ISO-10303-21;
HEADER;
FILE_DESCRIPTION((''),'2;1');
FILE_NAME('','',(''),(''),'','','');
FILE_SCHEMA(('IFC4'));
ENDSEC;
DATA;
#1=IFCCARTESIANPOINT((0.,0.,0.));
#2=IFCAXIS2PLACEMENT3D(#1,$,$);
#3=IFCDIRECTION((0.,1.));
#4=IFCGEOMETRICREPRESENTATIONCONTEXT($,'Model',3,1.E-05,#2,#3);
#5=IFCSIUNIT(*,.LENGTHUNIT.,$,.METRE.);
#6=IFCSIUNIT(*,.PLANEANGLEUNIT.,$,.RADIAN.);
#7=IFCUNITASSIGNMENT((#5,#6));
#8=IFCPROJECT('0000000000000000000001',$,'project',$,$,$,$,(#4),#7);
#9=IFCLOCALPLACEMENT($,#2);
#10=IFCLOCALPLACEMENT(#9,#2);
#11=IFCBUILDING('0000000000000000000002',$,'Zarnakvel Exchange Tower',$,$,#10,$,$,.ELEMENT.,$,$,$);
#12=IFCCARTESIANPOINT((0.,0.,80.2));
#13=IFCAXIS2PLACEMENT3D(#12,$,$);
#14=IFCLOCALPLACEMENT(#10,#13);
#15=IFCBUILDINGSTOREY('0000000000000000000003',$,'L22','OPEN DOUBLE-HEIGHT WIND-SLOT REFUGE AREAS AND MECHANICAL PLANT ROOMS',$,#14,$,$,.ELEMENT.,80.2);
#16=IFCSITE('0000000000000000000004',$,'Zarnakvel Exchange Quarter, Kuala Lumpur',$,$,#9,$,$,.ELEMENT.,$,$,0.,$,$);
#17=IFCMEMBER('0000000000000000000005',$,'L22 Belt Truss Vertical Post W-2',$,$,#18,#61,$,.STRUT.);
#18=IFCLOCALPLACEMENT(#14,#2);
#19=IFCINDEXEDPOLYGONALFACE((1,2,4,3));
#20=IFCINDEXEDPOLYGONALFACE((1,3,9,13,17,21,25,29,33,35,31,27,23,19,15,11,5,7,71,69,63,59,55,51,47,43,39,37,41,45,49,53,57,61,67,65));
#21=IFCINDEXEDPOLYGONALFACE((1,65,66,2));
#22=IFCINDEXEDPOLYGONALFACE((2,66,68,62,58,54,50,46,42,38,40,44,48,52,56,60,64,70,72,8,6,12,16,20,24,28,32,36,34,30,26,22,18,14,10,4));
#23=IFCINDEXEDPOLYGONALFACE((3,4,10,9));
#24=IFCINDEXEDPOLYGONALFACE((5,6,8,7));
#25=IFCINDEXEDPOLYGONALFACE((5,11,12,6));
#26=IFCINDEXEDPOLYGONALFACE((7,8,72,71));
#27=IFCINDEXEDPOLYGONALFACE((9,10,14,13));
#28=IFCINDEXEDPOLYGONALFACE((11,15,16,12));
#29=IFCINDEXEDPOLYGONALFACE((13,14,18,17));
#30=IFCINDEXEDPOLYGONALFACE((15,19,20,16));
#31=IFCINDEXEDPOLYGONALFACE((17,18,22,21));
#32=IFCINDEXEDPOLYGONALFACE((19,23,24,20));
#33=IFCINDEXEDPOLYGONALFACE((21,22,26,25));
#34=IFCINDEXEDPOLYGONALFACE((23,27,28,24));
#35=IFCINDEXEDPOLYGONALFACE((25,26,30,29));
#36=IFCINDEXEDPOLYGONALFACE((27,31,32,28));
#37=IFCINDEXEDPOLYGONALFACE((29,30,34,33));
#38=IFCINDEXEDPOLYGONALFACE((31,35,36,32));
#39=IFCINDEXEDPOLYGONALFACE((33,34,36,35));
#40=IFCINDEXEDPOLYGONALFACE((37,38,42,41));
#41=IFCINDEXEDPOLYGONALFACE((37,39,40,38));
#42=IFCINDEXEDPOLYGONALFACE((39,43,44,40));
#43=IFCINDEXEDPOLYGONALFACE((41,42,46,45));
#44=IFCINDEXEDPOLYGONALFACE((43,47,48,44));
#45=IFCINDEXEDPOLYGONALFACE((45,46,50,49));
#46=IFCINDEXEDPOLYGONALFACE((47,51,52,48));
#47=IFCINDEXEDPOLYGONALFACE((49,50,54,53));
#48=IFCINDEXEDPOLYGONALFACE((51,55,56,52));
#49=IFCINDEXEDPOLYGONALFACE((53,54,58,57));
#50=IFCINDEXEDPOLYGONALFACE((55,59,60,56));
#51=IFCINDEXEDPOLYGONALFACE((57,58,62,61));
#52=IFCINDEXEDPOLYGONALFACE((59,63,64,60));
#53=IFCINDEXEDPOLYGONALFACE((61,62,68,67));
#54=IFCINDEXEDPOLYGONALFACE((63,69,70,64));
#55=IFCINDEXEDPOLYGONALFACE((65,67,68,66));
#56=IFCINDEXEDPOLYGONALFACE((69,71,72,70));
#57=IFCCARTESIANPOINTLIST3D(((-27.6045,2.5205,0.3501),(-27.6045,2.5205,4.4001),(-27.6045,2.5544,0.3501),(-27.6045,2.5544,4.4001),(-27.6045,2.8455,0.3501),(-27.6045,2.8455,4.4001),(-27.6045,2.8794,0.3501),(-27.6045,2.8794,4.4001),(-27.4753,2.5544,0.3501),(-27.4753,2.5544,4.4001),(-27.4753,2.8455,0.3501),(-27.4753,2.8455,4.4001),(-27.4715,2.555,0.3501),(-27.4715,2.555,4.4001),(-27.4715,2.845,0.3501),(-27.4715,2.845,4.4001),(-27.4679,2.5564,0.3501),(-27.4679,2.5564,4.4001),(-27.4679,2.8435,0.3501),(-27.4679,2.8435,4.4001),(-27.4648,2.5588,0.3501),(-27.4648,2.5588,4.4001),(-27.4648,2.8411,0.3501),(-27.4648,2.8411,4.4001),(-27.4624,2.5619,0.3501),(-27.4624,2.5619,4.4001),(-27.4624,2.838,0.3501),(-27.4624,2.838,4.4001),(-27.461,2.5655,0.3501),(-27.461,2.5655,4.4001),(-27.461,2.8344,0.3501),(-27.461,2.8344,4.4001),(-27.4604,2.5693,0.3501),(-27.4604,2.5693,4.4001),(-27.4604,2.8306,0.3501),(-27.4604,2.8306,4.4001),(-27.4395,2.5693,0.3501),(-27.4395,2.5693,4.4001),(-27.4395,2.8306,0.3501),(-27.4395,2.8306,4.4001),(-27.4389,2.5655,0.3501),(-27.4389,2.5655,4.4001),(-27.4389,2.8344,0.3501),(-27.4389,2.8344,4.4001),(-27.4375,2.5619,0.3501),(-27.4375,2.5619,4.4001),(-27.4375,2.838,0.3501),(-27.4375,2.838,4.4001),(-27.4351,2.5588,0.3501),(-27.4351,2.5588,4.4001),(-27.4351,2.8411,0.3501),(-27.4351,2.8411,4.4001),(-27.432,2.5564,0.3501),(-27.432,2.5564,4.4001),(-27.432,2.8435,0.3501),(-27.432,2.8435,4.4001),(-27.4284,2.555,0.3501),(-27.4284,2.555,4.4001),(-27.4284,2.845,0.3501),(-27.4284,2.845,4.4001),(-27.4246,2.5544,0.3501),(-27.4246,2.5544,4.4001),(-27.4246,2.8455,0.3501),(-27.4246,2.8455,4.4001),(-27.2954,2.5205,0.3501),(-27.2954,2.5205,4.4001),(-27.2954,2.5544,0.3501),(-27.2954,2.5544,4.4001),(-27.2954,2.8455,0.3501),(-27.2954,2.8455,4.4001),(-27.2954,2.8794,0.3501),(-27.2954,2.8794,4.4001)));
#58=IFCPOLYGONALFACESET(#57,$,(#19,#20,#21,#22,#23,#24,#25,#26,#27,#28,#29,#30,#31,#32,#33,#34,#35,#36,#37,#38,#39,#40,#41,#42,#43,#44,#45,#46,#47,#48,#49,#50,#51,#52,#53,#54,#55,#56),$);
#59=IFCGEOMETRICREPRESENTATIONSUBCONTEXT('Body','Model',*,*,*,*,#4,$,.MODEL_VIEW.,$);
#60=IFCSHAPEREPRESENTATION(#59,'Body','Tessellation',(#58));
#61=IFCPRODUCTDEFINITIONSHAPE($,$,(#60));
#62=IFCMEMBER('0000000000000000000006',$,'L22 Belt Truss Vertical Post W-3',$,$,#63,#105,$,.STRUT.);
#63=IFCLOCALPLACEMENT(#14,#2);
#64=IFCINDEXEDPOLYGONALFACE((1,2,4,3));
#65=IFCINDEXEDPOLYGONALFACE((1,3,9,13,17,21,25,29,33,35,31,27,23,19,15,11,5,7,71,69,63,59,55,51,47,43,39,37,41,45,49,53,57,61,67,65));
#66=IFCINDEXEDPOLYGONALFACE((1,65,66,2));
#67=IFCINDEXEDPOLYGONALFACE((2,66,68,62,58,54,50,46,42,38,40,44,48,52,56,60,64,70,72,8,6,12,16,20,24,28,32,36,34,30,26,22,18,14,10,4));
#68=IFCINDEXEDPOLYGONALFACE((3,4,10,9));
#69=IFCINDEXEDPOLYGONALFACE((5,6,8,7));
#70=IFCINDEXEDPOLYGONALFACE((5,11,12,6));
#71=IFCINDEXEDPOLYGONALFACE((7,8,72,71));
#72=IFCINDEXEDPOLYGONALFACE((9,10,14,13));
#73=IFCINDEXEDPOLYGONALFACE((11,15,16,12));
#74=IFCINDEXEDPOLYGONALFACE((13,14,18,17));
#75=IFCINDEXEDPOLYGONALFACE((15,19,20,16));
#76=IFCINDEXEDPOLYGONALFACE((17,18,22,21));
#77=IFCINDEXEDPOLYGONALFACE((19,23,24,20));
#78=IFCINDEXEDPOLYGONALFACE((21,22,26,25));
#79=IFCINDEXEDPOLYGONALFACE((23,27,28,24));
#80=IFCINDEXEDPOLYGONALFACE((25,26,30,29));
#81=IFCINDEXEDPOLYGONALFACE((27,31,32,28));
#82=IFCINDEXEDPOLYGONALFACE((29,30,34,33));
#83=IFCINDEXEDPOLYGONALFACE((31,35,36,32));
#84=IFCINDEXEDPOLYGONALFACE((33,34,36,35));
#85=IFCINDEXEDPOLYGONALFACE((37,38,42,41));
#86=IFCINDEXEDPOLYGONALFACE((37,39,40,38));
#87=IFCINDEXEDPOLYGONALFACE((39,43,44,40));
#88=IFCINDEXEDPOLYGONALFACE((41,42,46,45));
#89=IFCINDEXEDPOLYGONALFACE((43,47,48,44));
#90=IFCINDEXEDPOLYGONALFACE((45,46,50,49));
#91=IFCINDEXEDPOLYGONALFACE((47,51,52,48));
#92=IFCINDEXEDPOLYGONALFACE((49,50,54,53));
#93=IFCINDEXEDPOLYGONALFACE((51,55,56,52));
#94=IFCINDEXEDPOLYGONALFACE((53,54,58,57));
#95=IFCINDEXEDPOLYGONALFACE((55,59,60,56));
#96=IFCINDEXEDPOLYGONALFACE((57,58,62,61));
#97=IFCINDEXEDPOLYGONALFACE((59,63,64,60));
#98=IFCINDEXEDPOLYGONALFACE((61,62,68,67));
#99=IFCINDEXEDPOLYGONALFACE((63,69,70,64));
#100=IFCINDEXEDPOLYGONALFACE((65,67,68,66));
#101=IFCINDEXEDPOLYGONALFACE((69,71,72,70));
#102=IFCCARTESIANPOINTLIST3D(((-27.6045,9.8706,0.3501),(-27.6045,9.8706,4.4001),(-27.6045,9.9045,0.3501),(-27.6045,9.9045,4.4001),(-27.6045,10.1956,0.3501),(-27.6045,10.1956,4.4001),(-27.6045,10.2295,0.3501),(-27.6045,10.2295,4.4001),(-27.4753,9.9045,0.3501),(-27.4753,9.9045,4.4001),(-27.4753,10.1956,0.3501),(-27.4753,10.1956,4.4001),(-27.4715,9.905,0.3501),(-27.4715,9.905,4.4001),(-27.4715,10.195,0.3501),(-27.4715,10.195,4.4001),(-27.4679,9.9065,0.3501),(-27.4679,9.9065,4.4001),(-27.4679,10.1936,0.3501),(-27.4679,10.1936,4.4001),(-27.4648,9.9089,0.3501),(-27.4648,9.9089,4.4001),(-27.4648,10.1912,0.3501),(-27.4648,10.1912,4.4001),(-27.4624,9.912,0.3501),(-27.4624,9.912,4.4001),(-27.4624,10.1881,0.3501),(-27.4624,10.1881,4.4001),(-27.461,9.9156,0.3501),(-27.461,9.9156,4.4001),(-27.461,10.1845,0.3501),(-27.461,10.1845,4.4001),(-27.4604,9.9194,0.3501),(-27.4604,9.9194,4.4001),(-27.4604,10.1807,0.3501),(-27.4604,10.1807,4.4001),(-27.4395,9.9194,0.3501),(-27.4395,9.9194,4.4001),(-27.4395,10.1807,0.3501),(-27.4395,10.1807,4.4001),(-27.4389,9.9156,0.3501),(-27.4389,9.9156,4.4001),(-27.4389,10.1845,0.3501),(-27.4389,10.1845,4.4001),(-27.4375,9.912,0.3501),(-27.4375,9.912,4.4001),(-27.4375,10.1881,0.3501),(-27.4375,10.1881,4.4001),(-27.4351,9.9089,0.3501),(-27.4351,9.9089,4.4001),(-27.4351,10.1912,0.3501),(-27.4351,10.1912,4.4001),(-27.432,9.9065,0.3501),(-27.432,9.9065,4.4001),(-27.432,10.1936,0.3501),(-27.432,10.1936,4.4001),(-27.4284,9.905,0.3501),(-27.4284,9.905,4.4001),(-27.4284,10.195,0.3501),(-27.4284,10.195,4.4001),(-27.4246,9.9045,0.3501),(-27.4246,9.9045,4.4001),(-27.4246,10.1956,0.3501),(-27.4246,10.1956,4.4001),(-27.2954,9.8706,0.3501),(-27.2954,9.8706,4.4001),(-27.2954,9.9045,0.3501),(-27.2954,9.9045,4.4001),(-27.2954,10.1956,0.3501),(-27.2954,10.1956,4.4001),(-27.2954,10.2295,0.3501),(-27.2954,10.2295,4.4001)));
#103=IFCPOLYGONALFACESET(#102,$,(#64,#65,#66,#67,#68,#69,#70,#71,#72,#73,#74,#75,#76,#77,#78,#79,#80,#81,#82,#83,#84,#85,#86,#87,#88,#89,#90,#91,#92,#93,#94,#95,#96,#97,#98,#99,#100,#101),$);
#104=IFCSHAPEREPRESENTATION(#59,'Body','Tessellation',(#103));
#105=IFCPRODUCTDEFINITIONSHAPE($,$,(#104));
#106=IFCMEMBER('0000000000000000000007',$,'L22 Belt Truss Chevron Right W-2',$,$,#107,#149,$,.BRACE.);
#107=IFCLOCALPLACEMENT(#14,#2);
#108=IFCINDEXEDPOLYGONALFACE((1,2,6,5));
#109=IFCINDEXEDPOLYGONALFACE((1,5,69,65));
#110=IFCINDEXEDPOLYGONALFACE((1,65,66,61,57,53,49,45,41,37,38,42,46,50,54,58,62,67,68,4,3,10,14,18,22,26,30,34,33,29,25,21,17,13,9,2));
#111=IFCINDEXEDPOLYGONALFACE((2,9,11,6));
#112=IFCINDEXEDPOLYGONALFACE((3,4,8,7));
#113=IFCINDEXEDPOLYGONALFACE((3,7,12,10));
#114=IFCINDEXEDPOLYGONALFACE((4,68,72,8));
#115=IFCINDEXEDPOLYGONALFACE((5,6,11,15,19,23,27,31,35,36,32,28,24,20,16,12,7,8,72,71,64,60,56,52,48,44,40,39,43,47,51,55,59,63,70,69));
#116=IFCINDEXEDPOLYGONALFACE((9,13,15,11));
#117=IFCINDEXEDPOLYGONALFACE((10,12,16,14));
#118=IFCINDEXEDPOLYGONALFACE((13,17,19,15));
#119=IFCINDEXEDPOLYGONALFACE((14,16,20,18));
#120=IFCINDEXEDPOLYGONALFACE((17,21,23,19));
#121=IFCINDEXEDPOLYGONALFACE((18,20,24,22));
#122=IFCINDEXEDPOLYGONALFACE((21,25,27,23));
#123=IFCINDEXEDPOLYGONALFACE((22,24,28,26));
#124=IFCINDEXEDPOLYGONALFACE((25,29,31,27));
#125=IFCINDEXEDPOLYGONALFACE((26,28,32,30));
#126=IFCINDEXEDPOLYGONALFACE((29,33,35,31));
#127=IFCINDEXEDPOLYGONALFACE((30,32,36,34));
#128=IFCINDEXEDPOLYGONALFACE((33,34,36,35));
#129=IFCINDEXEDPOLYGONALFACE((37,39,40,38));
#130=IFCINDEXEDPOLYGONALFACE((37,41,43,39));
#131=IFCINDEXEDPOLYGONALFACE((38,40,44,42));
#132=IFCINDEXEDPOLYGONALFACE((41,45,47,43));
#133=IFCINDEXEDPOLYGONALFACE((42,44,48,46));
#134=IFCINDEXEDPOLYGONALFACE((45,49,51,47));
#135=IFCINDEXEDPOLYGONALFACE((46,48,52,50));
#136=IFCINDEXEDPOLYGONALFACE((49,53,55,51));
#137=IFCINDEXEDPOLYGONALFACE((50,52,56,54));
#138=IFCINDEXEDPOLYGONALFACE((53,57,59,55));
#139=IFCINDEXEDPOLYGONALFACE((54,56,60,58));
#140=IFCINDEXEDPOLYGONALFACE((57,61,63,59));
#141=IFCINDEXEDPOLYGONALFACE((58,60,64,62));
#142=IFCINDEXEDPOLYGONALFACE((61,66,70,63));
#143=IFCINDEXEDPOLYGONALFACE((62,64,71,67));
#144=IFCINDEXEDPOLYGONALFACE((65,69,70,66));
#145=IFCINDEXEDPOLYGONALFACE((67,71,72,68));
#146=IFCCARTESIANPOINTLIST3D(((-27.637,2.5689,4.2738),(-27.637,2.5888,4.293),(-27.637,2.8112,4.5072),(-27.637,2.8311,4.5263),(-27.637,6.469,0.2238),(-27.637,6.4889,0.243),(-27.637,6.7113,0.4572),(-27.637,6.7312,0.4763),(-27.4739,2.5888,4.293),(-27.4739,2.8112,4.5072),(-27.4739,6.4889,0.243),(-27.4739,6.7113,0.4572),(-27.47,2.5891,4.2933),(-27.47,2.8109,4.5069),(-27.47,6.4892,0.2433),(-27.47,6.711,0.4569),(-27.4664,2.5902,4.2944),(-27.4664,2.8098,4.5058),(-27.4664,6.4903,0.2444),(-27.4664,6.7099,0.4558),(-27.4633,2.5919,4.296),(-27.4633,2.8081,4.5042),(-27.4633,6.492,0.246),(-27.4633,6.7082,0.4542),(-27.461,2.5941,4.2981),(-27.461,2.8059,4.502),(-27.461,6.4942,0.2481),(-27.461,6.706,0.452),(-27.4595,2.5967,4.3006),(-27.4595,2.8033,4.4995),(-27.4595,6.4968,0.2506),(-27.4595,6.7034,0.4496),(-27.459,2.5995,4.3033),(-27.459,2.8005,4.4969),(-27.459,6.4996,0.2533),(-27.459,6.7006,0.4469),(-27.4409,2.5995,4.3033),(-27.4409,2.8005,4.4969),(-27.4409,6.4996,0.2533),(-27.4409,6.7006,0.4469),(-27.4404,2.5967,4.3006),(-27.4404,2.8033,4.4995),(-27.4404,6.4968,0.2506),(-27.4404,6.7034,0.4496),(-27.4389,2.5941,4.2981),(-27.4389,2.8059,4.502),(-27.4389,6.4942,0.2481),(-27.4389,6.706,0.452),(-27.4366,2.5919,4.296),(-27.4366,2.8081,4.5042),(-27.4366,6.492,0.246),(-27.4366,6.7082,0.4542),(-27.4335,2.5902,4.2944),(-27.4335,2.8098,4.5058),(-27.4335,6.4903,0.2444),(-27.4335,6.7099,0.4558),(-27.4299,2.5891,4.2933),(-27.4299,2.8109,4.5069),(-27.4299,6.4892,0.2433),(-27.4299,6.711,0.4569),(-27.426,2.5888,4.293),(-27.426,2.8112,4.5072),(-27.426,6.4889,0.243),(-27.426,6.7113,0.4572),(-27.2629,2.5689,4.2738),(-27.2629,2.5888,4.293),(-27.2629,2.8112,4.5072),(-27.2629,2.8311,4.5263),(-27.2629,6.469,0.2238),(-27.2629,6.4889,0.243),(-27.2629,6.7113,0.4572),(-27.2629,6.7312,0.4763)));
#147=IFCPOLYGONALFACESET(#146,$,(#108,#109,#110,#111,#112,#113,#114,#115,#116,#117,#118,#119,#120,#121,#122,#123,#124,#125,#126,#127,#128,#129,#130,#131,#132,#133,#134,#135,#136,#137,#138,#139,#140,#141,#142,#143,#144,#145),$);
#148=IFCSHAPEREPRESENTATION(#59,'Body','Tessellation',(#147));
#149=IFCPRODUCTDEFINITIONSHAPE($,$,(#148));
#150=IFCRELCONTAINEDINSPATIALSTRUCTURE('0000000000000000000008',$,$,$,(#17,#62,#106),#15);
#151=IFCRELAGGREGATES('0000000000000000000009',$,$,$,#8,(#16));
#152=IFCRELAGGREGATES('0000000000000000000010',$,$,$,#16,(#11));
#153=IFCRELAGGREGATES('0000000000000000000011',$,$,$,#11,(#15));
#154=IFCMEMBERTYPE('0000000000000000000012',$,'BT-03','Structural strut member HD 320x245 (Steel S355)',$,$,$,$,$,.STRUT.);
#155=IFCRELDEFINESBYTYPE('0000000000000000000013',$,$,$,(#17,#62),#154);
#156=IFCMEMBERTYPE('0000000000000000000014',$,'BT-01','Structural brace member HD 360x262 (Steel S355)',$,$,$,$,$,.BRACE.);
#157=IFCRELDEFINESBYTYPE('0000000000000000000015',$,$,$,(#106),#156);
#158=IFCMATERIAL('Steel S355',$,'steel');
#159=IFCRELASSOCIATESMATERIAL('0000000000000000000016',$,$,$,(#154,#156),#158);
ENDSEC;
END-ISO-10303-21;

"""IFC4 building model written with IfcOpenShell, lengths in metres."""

from ifc_helpers import new_model, si_unit, direction, frame, origin, origin_2d, place, context, subcontext, project, spatial, i_section, extrude, source, transform, mapped, material, material_profile, profile_set, type_object, element, save


model = new_model("IFC4")

# Units and contexts
model_context = context("Model", 3, precision=1e-05, world=origin(), true_north=direction((0.0, 1.0)))
body_context = subcontext(model_context, "Body", "Model", "MODEL_VIEW")
ifc_project = project(units=[si_unit("LENGTHUNIT", "METRE"), si_unit("PLANEANGLEUNIT", "RADIAN")], contexts=[model_context])

# Site, building, storey
site_placement = place(None, origin())
site = spatial("IfcSite", under=ifc_project, at=site_placement, Name="Zarnakvel Exchange Quarter, Kuala Lumpur", CompositionType="ELEMENT", RefElevation=0.0)
building_placement = place(site_placement, origin())
building = spatial("IfcBuilding", under=site, at=building_placement, Name="Zarnakvel Exchange Tower", CompositionType="ELEMENT")
storey_placement = place(building_placement, frame((0.0, 0.0, 80.2)))
storey = spatial("IfcBuildingStorey", under=building, at=storey_placement, Name="L22", Description="OPEN DOUBLE-HEIGHT WIND-SLOT REFUGE AREAS AND MECHANICAL PLANT ROOMS", CompositionType="ELEMENT", Elevation=80.2)

# Shared definitions
ifc_material_1 = material(Name="Steel S355", Category="steel")

# Members
ifc_material_profile_1 = material_profile(ifc_material_1, i_section(OverallWidth=0.3091, OverallDepth=0.3589, WebThickness=0.021, FlangeThickness=0.0339, FilletRadius=0.0149, at=origin_2d()))
ifc_profile_set_1 = profile_set([ifc_material_profile_1], Name="Steel S355")
member_type_1 = type_object("IfcMemberType", Name="BT-03", Description="Structural strut member HD 320x245 (Steel S355)", PredefinedType="STRUT", material=ifc_profile_set_1)
shared_shape_1 = source(origin(), body_context, "Body", "SweptSolid", [
    extrude(i_section(OverallWidth=0.3091, OverallDepth=0.3589, WebThickness=0.021, FlangeThickness=0.0339, FilletRadius=0.0149, at=origin_2d()), origin(), (0.0, 0.0, 1.0), 4.05),
])
for number, where, z_axis, x_axis, name in (
    (1, (-27.45, 2.7, 0.3501), (0.0, 0.0, 1.0), (1.0, 0.0, 0.0), "L22 Belt Truss Vertical Post W-2"),
    (2, (-27.45, 10.05, 0.3501), (0.0, 0.0, 1.0), (1.0, 0.0, 0.0), "L22 Belt Truss Vertical Post W-3"),
):
    element("IfcMember", number, at=place(storey_placement, frame(where, z_axis=z_axis, x_axis=x_axis)), inside=storey, type_object=member_type_1, Name=name, PredefinedType="STRUT", context=body_context, shape_type="MappedRepresentation", body=[
        mapped(shared_shape_1, transform((0.0, 0.0, 0.0), x_axis=(1.0, 0.0, 0.0), y_axis=(0.0, 1.0, 0.0), z_axis=(0.0, 0.0, 1.0), scale=1.0)),
    ])
ifc_material_profile_2 = material_profile(ifc_material_1, i_section(OverallWidth=0.374, OverallDepth=0.364, WebThickness=0.0181, FlangeThickness=0.0276, FilletRadius=0.0149, at=origin_2d()))
ifc_profile_set_2 = profile_set([ifc_material_profile_2], Name="Steel S355")
member_type_2 = type_object("IfcMemberType", Name="BT-01", Description="Structural brace member HD 360x262 (Steel S355)", PredefinedType="BRACE", material=ifc_profile_set_2)
shared_shape_2 = source(origin(), body_context, "Body", "SweptSolid", [
    extrude(i_section(OverallWidth=0.374, OverallDepth=0.364, WebThickness=0.0181, FlangeThickness=0.0276, FilletRadius=0.0149, at=origin_2d()), origin(), (0.0, 0.0, 1.0), 5.6226),
])
member_placement = place(storey_placement, frame((-27.45, 6.6001, 0.3501), z_axis=(0.0, -0.693651, 0.720311), x_axis=(1.0, 0.0, 0.0)))
element("IfcMember", 3, at=member_placement, inside=storey, type_object=member_type_2, Name="L22 Belt Truss Chevron Right W-2", PredefinedType="BRACE", context=body_context, shape_type="MappedRepresentation", body=[
    mapped(shared_shape_2, transform((0.0, 0.0, 0.0), x_axis=(1.0, 0.0, 0.0), y_axis=(0.0, 1.0, 0.0), z_axis=(0.0, 0.0, 1.0), scale=1.0)),
])

save(model, "model.ifc")
